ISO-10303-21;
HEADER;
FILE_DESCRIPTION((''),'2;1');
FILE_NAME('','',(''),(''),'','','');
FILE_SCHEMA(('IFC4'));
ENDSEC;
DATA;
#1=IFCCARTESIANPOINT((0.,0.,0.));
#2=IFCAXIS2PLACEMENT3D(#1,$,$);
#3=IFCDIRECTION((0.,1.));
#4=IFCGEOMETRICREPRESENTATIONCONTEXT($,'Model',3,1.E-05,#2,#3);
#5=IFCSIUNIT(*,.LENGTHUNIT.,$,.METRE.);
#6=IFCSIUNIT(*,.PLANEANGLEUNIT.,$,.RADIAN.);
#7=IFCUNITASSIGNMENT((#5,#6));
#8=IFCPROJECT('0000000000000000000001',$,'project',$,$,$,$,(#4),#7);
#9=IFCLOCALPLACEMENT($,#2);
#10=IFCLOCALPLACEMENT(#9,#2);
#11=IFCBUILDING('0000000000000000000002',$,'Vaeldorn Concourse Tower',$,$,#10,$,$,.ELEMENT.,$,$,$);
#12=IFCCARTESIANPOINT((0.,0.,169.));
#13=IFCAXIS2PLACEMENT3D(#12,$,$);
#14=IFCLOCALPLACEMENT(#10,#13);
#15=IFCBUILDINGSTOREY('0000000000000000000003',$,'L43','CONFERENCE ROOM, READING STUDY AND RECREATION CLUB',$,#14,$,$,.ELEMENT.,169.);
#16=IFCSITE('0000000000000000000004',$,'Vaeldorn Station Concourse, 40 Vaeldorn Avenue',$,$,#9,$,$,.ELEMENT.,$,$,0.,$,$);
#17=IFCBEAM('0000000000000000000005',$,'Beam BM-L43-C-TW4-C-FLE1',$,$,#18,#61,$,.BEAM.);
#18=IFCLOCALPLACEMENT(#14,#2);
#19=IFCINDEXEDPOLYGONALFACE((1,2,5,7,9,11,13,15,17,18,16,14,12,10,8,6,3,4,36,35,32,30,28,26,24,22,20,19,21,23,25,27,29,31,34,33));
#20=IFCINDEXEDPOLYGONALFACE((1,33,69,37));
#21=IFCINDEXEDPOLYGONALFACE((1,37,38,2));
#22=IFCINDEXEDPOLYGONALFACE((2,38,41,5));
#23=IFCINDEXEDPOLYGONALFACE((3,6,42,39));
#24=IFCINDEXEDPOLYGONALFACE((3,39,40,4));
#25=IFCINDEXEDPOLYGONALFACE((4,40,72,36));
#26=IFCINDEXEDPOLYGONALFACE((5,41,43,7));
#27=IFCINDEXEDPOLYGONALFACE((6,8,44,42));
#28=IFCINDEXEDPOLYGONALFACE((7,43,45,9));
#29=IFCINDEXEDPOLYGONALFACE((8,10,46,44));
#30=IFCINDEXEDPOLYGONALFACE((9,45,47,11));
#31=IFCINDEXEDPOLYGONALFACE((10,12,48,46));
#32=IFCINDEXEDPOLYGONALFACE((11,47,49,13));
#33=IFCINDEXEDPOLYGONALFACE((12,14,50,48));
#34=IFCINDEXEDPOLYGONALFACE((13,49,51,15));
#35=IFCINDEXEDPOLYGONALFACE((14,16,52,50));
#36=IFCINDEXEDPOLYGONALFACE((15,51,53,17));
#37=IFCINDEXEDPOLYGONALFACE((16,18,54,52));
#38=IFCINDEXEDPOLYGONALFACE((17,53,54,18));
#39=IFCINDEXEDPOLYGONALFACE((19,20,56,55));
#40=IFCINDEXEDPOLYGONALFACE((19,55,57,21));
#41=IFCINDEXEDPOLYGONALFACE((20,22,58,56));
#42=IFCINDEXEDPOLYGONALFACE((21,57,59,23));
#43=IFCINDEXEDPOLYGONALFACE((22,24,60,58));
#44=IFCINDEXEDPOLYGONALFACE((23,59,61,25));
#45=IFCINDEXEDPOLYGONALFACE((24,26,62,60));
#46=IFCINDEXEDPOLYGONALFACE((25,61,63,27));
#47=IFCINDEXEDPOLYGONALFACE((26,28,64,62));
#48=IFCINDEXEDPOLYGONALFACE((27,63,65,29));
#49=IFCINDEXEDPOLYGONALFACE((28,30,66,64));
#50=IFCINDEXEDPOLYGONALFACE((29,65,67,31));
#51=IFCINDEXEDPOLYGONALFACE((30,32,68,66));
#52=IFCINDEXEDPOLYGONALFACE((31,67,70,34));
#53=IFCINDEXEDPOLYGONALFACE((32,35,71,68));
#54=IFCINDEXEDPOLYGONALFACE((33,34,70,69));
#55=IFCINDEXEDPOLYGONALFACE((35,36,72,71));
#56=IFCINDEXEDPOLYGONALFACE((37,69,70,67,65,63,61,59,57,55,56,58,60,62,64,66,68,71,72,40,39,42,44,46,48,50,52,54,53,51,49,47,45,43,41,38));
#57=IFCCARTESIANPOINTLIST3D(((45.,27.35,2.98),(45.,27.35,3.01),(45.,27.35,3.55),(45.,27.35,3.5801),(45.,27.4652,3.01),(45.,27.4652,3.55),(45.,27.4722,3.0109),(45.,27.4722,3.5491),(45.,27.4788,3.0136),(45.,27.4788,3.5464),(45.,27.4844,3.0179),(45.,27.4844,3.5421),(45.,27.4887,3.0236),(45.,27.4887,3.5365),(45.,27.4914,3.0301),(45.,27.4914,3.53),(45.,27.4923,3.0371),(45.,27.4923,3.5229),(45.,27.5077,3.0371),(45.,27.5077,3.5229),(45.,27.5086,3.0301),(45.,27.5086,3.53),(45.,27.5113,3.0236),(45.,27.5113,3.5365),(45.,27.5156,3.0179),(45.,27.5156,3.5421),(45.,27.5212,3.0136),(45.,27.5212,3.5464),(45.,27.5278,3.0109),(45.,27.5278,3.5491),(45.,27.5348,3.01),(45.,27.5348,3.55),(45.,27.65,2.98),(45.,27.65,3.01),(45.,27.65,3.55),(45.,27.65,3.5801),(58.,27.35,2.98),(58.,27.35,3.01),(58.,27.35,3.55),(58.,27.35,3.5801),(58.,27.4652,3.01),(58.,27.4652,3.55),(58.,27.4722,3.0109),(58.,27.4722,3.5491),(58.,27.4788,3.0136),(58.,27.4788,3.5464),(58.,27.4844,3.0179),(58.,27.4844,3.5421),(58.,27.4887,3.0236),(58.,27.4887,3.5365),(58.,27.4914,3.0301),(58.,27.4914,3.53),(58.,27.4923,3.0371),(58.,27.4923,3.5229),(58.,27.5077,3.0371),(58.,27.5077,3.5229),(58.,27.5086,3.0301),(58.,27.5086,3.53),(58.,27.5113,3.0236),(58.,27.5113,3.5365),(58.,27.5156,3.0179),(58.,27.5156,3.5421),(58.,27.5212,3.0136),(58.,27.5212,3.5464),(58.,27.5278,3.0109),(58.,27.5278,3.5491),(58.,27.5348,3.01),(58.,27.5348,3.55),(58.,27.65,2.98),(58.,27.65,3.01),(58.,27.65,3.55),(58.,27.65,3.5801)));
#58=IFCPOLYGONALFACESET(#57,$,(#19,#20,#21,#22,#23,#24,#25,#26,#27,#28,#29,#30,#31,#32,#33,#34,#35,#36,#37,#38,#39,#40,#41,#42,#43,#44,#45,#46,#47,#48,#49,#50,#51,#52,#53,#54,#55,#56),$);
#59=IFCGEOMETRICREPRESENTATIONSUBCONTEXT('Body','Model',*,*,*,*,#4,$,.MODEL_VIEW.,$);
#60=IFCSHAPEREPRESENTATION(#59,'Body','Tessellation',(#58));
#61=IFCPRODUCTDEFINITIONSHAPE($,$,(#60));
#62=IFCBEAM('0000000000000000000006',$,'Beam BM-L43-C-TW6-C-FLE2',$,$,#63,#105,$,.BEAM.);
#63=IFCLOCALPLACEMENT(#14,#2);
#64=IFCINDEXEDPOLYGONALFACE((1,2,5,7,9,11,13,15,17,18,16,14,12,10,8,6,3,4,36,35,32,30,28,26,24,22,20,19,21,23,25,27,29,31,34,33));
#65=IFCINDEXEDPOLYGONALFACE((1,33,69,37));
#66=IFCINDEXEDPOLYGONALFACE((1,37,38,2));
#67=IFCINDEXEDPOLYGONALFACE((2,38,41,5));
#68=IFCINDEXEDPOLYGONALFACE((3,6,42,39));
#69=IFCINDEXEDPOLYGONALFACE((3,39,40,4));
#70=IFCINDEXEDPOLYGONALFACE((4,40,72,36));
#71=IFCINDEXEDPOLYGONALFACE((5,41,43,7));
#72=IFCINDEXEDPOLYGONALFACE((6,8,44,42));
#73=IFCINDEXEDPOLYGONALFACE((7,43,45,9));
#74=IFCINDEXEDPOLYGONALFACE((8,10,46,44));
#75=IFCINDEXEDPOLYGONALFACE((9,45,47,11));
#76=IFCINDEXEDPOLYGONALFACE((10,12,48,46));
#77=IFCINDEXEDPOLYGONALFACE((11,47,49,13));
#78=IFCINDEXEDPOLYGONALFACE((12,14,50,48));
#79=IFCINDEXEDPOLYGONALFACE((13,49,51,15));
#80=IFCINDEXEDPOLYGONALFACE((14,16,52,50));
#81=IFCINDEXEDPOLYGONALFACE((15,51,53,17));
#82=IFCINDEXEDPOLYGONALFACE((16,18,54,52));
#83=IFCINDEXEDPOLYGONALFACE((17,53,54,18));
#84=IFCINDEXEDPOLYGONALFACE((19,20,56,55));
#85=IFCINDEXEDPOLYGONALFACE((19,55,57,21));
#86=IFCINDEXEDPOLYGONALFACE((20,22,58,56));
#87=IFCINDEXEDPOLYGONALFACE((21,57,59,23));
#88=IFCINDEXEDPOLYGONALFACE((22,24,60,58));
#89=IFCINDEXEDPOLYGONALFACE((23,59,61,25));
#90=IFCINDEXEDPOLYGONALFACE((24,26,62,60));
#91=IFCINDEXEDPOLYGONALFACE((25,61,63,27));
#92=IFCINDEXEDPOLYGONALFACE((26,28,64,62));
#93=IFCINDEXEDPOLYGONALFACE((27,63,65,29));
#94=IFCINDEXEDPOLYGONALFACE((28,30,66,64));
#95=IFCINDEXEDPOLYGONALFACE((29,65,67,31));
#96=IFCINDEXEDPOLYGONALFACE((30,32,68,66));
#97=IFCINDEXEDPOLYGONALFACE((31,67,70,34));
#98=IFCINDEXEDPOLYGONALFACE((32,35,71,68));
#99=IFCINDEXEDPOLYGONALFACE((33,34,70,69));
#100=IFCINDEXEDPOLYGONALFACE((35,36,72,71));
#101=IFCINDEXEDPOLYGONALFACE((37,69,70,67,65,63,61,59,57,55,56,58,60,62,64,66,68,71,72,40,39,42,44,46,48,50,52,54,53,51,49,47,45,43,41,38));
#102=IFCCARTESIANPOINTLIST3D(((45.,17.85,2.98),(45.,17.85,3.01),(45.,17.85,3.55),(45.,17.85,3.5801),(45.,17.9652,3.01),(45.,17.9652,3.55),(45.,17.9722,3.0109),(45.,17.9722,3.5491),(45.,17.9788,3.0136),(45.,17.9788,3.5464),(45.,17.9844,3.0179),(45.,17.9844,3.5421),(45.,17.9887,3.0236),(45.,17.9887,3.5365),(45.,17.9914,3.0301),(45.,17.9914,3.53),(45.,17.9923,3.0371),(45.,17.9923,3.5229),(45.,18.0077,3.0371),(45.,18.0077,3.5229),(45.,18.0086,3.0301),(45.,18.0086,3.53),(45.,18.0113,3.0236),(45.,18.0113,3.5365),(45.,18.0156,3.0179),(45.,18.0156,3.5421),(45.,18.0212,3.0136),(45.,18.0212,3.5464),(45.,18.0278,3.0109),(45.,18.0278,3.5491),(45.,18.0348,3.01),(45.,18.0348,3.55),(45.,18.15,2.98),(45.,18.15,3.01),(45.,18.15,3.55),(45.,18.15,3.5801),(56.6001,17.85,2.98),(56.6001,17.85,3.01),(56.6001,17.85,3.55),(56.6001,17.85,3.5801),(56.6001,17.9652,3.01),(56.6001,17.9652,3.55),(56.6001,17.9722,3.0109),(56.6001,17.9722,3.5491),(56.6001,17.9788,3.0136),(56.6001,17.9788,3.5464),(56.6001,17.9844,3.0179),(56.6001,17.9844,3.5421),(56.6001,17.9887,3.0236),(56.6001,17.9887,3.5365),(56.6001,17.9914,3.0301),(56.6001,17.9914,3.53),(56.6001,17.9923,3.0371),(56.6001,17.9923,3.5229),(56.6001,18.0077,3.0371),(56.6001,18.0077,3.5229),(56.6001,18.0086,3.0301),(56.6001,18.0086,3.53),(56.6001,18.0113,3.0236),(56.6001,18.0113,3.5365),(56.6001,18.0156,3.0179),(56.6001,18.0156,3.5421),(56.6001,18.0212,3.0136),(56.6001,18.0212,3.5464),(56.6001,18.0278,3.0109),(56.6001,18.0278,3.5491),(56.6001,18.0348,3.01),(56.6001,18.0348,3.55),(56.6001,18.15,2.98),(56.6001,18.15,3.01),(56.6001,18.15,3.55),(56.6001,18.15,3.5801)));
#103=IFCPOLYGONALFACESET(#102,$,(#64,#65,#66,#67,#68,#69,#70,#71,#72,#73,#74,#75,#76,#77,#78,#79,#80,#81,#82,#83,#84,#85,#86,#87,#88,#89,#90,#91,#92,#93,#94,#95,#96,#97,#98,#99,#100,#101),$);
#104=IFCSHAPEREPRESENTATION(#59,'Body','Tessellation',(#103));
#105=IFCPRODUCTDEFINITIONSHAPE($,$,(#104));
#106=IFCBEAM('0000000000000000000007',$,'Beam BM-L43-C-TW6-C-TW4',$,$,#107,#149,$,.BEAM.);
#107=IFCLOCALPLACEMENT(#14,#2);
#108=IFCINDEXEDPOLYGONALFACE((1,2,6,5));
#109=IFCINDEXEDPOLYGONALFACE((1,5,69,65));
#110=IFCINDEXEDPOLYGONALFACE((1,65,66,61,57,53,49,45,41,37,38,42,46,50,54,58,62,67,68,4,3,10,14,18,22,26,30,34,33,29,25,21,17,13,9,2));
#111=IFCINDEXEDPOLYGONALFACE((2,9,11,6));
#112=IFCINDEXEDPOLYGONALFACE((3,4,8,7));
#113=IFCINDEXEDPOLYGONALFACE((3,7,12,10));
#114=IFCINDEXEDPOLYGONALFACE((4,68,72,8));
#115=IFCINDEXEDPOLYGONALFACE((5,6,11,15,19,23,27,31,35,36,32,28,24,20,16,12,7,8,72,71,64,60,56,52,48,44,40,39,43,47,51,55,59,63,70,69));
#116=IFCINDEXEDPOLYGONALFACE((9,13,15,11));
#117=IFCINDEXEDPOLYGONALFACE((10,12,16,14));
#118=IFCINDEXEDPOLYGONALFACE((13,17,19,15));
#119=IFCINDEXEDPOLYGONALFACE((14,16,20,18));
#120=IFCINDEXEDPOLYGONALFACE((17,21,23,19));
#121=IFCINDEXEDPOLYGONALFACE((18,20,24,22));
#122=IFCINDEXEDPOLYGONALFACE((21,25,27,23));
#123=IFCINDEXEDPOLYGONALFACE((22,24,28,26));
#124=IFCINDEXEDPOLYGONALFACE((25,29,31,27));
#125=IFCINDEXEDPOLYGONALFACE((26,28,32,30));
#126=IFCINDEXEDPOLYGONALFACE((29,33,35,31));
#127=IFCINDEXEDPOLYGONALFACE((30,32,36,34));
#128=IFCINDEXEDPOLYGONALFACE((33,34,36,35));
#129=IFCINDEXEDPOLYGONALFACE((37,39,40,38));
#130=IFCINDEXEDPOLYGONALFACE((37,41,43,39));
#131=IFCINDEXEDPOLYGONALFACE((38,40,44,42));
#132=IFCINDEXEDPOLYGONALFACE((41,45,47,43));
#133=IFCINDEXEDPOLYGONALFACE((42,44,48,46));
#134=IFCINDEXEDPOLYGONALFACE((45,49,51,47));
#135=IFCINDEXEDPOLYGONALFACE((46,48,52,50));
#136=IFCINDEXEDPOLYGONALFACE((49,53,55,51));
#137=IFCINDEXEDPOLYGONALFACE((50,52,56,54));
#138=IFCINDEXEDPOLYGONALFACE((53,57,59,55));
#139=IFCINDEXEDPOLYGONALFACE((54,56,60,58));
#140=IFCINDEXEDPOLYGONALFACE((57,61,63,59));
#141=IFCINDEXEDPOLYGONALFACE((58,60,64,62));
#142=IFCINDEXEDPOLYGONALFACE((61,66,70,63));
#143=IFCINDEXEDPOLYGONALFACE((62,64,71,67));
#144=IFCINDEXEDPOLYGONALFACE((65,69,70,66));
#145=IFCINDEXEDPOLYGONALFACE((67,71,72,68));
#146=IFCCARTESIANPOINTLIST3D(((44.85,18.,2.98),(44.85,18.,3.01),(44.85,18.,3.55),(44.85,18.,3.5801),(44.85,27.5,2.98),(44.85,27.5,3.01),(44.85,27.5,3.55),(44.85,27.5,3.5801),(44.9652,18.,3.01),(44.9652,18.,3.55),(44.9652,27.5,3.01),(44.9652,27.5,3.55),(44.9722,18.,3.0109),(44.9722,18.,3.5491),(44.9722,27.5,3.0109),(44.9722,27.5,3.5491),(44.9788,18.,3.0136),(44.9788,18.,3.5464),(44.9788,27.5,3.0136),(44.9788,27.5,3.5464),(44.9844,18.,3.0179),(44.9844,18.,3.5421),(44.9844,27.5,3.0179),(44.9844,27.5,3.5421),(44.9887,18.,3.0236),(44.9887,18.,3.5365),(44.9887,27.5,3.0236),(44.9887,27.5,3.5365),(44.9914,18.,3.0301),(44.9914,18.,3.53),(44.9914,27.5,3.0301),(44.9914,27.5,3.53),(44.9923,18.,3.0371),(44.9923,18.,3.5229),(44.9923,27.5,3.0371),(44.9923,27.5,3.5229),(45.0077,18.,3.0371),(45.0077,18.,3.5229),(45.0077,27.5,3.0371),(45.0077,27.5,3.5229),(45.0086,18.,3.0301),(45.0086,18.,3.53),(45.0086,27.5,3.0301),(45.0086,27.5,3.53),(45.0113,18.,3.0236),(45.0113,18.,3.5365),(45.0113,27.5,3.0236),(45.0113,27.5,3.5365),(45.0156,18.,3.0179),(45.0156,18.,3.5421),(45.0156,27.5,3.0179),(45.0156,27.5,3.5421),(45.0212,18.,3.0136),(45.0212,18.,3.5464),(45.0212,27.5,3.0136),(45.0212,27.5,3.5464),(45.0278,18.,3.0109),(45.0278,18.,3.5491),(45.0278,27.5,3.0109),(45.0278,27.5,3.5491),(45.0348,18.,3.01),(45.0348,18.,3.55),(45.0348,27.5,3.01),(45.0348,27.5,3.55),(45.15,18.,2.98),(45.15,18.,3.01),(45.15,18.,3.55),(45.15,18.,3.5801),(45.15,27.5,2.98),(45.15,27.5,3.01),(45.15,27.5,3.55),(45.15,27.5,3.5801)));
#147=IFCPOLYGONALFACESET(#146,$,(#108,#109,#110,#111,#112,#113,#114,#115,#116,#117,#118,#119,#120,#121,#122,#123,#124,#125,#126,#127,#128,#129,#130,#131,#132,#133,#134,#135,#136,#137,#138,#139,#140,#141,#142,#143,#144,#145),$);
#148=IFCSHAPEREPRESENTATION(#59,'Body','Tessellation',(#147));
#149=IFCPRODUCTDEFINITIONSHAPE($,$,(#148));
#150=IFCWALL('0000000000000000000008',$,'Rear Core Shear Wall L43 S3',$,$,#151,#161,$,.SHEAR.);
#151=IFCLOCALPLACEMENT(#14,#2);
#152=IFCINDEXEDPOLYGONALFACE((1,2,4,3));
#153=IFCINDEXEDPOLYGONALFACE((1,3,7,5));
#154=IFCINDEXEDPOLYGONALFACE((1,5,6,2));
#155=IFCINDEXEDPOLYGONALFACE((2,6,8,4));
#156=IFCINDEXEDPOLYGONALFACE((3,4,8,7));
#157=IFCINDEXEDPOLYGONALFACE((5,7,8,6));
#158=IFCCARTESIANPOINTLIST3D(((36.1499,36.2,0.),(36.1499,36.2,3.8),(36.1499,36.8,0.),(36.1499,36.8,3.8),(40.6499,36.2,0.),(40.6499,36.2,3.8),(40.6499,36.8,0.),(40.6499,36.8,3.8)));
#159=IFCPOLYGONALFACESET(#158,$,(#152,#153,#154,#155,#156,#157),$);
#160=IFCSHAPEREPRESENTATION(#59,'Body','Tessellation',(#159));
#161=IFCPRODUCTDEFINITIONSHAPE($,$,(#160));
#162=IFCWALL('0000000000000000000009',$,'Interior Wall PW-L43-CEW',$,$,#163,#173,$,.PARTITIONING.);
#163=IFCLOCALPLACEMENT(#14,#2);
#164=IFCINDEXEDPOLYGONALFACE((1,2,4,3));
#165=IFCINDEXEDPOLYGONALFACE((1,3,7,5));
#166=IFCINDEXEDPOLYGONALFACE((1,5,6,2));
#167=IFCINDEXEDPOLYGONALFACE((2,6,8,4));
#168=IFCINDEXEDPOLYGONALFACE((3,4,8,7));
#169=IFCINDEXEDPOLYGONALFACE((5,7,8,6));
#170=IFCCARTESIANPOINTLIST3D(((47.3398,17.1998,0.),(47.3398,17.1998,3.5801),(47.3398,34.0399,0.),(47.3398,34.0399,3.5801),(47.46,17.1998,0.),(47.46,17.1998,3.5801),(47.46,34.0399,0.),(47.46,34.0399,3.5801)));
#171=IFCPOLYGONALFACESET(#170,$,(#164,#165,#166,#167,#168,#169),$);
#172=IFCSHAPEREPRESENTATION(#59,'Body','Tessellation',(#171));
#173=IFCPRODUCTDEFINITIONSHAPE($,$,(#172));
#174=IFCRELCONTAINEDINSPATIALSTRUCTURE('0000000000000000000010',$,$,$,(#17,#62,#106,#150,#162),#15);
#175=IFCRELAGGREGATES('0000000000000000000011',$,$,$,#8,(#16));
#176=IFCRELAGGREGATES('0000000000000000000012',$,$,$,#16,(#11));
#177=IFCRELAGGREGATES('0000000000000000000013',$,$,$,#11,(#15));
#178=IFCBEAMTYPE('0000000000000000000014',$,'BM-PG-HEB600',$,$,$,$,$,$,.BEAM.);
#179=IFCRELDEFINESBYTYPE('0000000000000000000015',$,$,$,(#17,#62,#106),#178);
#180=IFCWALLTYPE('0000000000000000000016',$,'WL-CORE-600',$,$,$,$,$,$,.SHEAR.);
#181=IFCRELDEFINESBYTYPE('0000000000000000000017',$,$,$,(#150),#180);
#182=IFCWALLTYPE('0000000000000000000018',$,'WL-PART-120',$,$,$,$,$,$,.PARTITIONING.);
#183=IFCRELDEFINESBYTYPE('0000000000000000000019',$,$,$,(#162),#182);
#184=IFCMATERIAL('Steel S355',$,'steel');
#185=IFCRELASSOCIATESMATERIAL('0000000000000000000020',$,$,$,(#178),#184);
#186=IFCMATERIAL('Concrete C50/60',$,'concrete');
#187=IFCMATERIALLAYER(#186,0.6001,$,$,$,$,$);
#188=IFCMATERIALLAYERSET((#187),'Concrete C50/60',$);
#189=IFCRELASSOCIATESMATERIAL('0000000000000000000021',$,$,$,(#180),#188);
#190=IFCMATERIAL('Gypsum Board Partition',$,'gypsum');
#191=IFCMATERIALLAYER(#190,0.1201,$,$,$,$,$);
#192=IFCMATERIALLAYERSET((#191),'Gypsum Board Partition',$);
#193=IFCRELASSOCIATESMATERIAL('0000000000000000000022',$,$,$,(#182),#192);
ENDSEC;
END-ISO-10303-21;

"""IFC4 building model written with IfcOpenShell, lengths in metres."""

from ifc_helpers import new_model, si_unit, direction, frame, frame_2d, origin, origin_2d, place, context, subcontext, project, spatial, rectangle, i_section, extrude, source, transform, mapped, material, layer, layer_set, material_profile, profile_set, type_object, element, save


model = new_model("IFC4")

# Units and contexts
model_context = context("Model", 3, precision=1e-05, world=origin(), true_north=direction((0.0, 1.0)))
body_context = subcontext(model_context, "Body", "Model", "MODEL_VIEW")
ifc_project = project(units=[si_unit("LENGTHUNIT", "METRE"), si_unit("PLANEANGLEUNIT", "RADIAN")], contexts=[model_context])

# Site, building, storey
site_placement = place(None, origin())
site = spatial("IfcSite", under=ifc_project, at=site_placement, Name="Vaeldorn Station Concourse, 40 Vaeldorn Avenue", CompositionType="ELEMENT", RefElevation=0.0)
building_placement = place(site_placement, origin())
building = spatial("IfcBuilding", under=site, at=building_placement, Name="Vaeldorn Concourse Tower", CompositionType="ELEMENT")
storey_placement = place(building_placement, frame((0.0, 0.0, 169.0)))
storey = spatial("IfcBuildingStorey", under=building, at=storey_placement, Name="L43", Description="CONFERENCE ROOM, READING STUDY AND RECREATION CLUB", CompositionType="ELEMENT", Elevation=169.0)

# Beams
ifc_material_1 = material(Name="Steel S355", Category="steel")
ifc_material_profile_1 = material_profile(ifc_material_1, i_section(OverallWidth=0.3, OverallDepth=0.6001, WebThickness=0.0154, FlangeThickness=0.03, FilletRadius=0.0271, at=origin_2d()), Name="HEB 600")
ifc_profile_set_1 = profile_set([ifc_material_profile_1], Name="Steel S355")
beam_type_1 = type_object("IfcBeamType", Name="BM-PG-HEB600", PredefinedType="BEAM", material=ifc_profile_set_1)
shared_shape_1 = source(origin(), body_context, "Body", "SweptSolid", [
    extrude(i_section(OverallWidth=0.3, OverallDepth=0.6001, WebThickness=0.0154, FlangeThickness=0.03, FilletRadius=0.0271, at=origin_2d()), origin(), (0.0, 0.0, 1.0), 13.0),
])
beam_1_placement = place(storey_placement, frame((45.0, 27.5, 3.28), z_axis=(1.0, 0.0, 0.0), x_axis=(0.0, 1.0, 0.0)))
element("IfcBeam", 1, at=beam_1_placement, inside=storey, type_object=beam_type_1, Name="Beam BM-L43-C-TW4-C-FLE1", PredefinedType="BEAM", context=body_context, shape_type="MappedRepresentation", body=[
    mapped(shared_shape_1, transform((0.0, 0.0, 0.0), scale=1.0)),
])
shared_shape_2 = source(origin(), body_context, "Body", "SweptSolid", [
    extrude(i_section(OverallWidth=0.3, OverallDepth=0.6001, WebThickness=0.0154, FlangeThickness=0.03, FilletRadius=0.0271, at=origin_2d()), origin(), (0.0, 0.0, 1.0), 11.6001),
])
beam_2_placement = place(storey_placement, frame((45.0, 18.0, 3.28), z_axis=(1.0, 0.0, 0.0), x_axis=(0.0, 1.0, 0.0)))
element("IfcBeam", 2, at=beam_2_placement, inside=storey, type_object=beam_type_1, Name="Beam BM-L43-C-TW6-C-FLE2", PredefinedType="BEAM", context=body_context, shape_type="MappedRepresentation", body=[
    mapped(shared_shape_2, transform((0.0, 0.0, 0.0), scale=1.0)),
])
shared_shape_3 = source(origin(), body_context, "Body", "SweptSolid", [
    extrude(i_section(OverallWidth=0.3, OverallDepth=0.6001, WebThickness=0.0154, FlangeThickness=0.03, FilletRadius=0.0271, at=origin_2d()), origin(), (0.0, 0.0, 1.0), 9.5),
])
beam_3_placement = place(storey_placement, frame((45.0, 18.0, 3.28), z_axis=(0.0, 1.0, 0.0), x_axis=(-1.0, 0.0, 0.0)))
element("IfcBeam", 3, at=beam_3_placement, inside=storey, type_object=beam_type_1, Name="Beam BM-L43-C-TW6-C-TW4", PredefinedType="BEAM", context=body_context, shape_type="MappedRepresentation", body=[
    mapped(shared_shape_3, transform((0.0, 0.0, 0.0), scale=1.0)),
])

# Walls
ifc_material_2 = material(Name="Concrete C50/60", Category="concrete")
ifc_layer_1 = layer(ifc_material_2, 0.6001)
ifc_layer_set_1 = layer_set([ifc_layer_1], Name="Concrete C50/60")
wall_type_1 = type_object("IfcWallType", Name="WL-CORE-600", PredefinedType="SHEAR", material=ifc_layer_set_1)
wall_1_placement = place(storey_placement, frame((36.1499, 36.5, 0.0), z_axis=(0.0, 0.0, 1.0), x_axis=(1.0, 0.0, 0.0)))
element("IfcWall", 4, at=wall_1_placement, inside=storey, type_object=wall_type_1, Name="Rear Core Shear Wall L43 S3", PredefinedType="SHEAR", context=body_context, shape_type="SweptSolid", body=[
    extrude(rectangle(XDim=4.5, YDim=0.6001, at=frame_2d((2.25, 0.0))), origin(), (0.0, 0.0, 1.0), 3.8),
])
ifc_material_3 = material(Name="Gypsum Board Partition", Category="gypsum")
ifc_layer_2 = layer(ifc_material_3, 0.1201)
ifc_layer_set_2 = layer_set([ifc_layer_2], Name="Gypsum Board Partition")
wall_type_2 = type_object("IfcWallType", Name="WL-PART-120", PredefinedType="PARTITIONING", material=ifc_layer_set_2)
wall_2_placement = place(storey_placement, frame((47.3999, 17.2, 0.0), z_axis=(0.0, 0.0, 1.0), x_axis=(0.0, 1.0, 0.0)))
element("IfcWall", 5, at=wall_2_placement, inside=storey, type_object=wall_type_2, Name="Interior Wall PW-L43-CEW", PredefinedType="PARTITIONING", context=body_context, shape_type="SweptSolid", body=[
    extrude(rectangle(XDim=16.8401, YDim=0.1201, at=frame_2d((8.4199, 0.0))), origin(), (0.0, 0.0, 1.0), 3.5801),
])

save(model, "model.ifc")
